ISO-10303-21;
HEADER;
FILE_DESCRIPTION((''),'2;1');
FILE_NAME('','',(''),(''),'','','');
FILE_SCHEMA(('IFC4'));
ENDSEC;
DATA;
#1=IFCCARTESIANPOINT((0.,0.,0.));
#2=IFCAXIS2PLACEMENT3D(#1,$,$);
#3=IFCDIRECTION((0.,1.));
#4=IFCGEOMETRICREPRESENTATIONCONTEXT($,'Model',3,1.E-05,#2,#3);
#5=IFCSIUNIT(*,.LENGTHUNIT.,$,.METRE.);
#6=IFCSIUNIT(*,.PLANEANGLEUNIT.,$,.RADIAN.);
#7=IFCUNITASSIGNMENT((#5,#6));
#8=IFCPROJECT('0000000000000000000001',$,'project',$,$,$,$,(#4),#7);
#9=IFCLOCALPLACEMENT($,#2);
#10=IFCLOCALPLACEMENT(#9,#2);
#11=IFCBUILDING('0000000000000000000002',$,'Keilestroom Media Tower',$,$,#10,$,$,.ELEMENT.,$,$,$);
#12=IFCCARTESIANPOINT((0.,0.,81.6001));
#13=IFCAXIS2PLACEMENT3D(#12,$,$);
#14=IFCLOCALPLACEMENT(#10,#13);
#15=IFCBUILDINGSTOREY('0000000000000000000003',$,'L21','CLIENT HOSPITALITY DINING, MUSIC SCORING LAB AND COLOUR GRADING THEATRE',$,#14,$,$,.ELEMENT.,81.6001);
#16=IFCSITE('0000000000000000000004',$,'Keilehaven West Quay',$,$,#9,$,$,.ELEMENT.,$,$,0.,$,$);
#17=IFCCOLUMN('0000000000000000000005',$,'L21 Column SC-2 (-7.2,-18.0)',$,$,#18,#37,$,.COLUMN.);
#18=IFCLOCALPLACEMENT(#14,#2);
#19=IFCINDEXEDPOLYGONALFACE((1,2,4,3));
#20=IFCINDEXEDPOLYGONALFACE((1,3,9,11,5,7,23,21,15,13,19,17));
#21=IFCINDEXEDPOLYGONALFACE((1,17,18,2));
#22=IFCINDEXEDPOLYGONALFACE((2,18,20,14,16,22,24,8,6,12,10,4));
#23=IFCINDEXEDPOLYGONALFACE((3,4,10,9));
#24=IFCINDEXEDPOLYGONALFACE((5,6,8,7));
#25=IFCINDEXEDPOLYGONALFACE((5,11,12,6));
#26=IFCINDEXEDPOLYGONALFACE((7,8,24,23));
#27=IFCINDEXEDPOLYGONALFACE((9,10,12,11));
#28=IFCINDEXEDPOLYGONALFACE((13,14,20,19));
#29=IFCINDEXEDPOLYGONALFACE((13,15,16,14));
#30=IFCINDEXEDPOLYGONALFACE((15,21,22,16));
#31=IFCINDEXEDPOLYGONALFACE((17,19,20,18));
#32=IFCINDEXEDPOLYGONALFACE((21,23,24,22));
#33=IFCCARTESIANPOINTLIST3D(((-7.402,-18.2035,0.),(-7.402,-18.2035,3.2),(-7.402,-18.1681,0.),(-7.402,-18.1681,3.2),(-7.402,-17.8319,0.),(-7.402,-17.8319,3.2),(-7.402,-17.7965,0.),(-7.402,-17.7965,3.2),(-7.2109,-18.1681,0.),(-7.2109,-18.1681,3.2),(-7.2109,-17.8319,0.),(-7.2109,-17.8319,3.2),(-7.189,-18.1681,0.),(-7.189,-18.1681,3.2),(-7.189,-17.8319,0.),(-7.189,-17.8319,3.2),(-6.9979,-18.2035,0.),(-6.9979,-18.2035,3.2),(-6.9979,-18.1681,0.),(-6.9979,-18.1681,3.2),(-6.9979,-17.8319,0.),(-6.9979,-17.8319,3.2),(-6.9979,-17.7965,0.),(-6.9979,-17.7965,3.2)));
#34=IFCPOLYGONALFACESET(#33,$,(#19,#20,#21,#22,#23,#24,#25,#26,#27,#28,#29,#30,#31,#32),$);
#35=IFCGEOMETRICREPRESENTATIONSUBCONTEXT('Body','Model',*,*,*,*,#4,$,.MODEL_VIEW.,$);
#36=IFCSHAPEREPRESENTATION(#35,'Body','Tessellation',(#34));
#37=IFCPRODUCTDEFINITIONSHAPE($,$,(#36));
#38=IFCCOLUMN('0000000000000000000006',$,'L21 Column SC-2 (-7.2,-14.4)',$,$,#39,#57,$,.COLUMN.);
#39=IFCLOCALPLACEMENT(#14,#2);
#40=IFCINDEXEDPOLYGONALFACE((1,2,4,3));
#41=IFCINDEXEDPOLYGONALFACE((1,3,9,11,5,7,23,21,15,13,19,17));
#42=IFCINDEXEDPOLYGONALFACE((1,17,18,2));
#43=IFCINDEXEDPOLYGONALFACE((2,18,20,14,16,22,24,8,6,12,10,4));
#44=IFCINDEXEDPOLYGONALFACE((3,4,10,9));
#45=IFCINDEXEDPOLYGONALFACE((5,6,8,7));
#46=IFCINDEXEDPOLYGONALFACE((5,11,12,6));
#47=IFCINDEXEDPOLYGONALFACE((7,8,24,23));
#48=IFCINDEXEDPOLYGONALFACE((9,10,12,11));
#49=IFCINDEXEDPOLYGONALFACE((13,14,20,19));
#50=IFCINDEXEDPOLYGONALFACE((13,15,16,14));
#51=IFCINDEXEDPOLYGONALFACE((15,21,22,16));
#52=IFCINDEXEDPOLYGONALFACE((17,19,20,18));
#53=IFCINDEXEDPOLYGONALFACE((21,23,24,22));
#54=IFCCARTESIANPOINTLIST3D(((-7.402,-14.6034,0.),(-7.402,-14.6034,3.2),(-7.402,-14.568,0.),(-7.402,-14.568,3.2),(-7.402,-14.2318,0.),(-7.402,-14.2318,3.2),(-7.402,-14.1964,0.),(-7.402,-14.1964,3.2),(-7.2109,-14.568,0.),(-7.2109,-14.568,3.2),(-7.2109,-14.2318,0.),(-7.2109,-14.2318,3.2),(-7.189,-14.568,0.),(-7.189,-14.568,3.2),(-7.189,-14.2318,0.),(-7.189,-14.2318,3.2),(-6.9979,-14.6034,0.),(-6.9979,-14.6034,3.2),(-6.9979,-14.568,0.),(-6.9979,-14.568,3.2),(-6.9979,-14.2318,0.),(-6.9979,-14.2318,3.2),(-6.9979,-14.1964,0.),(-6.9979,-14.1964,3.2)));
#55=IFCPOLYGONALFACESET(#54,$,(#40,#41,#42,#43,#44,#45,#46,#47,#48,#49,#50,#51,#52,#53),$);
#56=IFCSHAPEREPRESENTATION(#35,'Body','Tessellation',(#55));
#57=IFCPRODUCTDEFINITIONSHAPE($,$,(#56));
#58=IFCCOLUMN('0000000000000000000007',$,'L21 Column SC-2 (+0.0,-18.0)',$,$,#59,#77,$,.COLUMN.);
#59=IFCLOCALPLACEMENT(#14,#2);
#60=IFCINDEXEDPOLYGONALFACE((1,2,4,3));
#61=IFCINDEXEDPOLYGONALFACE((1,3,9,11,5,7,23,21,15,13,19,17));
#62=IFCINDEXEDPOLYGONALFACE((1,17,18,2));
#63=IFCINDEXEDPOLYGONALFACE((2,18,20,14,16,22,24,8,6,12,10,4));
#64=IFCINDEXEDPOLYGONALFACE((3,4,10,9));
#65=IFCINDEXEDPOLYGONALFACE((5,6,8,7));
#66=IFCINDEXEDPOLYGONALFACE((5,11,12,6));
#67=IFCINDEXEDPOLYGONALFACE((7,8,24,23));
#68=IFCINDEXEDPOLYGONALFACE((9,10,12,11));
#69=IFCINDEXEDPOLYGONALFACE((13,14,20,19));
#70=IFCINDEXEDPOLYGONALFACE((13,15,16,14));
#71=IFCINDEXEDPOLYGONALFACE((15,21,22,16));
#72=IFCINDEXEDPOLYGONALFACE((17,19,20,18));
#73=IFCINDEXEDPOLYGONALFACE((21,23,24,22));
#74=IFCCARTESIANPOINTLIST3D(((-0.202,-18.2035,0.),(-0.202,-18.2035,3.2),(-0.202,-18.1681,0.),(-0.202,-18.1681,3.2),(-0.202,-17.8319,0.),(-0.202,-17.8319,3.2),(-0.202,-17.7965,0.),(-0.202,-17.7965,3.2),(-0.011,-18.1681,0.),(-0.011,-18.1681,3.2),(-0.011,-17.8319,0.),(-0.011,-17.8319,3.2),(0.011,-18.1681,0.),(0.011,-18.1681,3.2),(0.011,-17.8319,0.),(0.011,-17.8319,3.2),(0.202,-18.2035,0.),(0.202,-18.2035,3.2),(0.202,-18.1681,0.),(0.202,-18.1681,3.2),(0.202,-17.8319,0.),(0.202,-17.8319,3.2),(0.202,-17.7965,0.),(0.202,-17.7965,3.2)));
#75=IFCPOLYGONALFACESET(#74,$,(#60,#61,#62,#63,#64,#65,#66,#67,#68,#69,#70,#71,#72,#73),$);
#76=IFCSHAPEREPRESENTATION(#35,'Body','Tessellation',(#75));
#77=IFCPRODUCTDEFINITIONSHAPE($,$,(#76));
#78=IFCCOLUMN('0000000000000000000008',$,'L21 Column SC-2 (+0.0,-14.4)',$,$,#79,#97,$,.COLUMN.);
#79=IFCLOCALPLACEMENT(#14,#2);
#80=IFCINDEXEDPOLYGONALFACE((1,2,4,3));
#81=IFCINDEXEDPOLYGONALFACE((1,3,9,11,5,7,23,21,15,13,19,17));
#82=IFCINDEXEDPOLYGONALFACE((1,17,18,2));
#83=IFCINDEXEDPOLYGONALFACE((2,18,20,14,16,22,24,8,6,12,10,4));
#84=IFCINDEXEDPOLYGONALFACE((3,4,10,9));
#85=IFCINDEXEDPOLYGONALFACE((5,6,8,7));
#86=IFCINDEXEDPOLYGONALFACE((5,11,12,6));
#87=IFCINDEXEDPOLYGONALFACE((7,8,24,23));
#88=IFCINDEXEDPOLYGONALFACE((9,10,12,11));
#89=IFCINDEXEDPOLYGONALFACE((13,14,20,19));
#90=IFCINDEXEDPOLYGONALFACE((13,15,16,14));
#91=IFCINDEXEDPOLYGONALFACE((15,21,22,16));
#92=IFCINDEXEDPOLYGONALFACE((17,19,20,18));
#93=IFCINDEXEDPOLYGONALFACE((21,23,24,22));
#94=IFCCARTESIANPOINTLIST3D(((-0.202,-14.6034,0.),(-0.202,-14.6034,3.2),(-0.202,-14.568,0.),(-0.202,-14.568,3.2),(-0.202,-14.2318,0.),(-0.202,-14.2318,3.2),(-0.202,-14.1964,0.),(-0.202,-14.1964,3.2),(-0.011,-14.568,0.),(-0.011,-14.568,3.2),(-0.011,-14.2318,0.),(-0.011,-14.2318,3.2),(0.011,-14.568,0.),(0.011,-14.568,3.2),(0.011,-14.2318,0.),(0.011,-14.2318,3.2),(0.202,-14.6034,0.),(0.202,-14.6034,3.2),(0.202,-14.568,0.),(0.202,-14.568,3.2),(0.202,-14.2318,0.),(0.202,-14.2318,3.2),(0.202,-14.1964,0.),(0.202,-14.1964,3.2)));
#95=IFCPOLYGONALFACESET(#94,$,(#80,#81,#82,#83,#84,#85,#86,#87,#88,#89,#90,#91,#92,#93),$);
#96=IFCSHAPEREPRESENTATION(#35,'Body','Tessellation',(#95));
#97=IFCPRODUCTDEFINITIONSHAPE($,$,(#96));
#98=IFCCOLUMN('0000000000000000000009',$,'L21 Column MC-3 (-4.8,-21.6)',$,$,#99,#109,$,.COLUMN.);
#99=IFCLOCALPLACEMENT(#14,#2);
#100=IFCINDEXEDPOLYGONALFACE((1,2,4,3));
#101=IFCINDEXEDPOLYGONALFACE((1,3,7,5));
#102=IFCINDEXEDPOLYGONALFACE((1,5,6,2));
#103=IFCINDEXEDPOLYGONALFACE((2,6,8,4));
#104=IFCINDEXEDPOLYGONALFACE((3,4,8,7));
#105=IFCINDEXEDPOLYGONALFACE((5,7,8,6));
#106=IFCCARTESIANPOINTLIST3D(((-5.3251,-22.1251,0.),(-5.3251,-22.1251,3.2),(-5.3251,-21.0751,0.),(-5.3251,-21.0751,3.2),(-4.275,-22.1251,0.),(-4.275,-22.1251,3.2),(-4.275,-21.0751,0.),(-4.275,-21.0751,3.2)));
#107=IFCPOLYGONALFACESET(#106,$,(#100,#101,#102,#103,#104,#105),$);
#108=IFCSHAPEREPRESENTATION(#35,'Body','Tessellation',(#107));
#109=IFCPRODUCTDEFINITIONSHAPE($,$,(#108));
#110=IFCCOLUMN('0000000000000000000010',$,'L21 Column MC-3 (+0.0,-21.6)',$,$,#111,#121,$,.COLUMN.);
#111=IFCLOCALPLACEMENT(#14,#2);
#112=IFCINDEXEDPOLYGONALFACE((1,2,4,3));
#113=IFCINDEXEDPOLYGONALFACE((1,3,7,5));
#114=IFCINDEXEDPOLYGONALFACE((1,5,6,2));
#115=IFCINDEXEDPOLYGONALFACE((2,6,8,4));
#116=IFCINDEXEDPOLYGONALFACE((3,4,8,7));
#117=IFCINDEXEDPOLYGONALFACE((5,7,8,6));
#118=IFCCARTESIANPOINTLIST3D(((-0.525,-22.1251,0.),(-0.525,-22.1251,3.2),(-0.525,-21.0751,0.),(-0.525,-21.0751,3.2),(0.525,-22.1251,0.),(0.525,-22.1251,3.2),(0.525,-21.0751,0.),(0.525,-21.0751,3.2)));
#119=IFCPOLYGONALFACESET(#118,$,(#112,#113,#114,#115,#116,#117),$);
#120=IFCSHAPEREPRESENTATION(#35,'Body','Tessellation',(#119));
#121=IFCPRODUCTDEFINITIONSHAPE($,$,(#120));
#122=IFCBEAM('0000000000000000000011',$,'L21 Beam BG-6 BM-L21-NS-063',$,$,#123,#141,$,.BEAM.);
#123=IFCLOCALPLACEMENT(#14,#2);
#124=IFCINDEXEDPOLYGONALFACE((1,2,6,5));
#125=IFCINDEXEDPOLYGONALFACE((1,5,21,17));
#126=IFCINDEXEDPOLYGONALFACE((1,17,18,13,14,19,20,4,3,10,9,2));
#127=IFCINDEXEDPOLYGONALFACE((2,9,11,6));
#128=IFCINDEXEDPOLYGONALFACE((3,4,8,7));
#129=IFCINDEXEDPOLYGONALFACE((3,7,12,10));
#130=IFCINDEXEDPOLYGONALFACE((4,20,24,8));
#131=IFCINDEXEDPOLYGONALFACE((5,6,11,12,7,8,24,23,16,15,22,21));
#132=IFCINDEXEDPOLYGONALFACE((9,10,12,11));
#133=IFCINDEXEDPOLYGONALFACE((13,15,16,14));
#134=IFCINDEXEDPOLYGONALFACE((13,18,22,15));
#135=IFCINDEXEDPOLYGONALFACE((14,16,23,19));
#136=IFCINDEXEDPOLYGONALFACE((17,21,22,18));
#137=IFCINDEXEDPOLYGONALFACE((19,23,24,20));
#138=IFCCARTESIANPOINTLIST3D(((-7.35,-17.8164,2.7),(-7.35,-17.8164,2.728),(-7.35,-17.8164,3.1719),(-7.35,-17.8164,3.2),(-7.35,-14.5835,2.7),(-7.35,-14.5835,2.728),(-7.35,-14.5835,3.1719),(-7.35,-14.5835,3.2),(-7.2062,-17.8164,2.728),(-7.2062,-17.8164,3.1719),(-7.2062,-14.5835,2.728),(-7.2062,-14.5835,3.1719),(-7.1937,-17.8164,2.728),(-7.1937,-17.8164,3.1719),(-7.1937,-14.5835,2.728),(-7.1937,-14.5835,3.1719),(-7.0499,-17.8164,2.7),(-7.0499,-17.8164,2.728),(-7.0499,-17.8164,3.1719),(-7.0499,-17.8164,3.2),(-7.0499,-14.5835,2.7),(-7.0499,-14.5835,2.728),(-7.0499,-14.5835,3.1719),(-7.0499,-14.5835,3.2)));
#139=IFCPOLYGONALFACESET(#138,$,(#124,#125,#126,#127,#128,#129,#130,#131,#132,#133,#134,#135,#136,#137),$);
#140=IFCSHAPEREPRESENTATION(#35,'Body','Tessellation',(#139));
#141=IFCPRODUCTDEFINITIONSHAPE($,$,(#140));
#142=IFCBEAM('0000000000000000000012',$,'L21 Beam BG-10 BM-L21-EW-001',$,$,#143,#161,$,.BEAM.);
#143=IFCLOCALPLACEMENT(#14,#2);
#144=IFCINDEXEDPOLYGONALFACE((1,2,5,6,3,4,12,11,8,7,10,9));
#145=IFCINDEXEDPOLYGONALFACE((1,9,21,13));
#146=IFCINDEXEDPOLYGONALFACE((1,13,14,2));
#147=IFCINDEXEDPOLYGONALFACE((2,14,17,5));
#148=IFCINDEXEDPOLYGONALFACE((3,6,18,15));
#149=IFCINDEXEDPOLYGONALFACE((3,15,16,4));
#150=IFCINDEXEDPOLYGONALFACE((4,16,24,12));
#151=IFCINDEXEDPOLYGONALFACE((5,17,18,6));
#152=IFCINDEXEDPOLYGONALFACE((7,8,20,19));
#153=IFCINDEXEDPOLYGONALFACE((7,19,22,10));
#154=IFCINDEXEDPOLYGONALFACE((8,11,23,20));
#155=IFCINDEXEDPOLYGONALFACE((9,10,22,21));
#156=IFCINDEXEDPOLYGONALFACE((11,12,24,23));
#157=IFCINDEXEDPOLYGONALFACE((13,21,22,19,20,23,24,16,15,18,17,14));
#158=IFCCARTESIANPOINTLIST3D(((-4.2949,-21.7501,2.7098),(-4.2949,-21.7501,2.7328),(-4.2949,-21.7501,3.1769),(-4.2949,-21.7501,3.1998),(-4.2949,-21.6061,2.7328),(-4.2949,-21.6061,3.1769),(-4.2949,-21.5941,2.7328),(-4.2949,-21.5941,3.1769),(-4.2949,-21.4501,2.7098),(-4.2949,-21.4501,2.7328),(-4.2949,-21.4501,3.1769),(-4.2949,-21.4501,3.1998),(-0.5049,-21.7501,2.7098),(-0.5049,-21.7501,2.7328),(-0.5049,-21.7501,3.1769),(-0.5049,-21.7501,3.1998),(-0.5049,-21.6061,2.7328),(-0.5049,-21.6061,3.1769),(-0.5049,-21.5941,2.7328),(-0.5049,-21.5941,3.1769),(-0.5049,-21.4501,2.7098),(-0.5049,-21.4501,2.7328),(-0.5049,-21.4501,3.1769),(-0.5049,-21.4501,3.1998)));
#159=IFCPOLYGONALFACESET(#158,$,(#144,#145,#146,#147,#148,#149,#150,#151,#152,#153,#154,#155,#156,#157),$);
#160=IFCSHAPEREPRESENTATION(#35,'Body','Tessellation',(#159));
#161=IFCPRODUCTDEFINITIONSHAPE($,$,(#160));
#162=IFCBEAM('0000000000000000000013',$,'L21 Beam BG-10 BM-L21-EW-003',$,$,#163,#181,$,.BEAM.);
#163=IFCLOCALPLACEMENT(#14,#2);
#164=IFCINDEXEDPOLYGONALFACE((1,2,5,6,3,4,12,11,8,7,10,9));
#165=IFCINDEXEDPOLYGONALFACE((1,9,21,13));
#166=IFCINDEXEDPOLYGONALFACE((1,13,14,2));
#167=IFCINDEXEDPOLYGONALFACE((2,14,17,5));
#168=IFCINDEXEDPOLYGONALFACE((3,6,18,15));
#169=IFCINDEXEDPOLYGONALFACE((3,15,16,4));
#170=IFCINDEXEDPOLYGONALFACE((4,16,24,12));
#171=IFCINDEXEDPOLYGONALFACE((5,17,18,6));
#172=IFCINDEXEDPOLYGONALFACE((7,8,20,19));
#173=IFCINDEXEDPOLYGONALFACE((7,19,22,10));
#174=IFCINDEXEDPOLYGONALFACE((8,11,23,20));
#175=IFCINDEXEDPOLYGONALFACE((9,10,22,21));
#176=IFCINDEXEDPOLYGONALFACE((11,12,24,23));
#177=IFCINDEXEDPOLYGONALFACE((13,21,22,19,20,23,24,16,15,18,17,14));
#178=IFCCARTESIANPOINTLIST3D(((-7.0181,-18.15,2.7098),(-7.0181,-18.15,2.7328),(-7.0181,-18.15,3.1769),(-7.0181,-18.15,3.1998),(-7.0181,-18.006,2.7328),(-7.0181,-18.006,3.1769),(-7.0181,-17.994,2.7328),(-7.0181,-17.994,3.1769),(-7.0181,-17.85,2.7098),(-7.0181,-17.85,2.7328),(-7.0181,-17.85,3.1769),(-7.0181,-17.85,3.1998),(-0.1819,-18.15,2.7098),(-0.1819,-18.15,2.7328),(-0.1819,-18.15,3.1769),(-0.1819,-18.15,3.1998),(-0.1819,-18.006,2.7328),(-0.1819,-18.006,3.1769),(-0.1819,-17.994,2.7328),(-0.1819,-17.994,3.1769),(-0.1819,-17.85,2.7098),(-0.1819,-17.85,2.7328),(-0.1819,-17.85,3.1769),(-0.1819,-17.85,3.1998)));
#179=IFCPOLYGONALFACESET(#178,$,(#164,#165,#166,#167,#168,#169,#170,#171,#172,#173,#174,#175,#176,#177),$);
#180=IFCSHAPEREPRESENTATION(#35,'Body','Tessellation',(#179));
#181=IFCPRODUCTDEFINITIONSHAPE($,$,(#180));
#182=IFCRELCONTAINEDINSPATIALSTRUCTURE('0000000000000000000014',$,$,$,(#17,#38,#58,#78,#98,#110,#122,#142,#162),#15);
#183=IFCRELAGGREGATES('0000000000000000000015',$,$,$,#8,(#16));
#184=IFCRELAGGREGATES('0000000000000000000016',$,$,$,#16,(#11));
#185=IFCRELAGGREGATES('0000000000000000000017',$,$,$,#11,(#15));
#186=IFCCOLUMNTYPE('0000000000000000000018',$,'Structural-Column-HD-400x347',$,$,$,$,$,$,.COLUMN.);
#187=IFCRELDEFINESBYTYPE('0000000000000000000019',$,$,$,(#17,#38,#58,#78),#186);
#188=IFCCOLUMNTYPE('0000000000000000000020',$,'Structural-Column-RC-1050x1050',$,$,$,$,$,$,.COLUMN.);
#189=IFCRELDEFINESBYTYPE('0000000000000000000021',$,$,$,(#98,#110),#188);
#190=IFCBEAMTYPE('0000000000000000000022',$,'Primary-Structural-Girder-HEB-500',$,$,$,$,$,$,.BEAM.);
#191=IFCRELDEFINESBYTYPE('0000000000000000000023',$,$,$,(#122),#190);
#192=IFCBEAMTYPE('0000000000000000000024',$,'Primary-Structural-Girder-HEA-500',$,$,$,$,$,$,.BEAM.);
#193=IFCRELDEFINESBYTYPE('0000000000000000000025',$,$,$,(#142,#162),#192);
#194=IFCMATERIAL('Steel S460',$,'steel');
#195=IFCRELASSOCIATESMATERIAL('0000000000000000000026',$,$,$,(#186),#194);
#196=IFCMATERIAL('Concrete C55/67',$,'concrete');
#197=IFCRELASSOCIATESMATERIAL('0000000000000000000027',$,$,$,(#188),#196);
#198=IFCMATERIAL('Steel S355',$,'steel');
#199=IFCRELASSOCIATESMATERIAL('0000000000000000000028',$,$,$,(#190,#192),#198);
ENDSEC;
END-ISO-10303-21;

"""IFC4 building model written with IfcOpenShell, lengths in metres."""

from ifc_helpers import new_model, si_unit, direction, frame, origin, origin_2d, place, context, subcontext, project, spatial, rectangle, i_section, extrude, source, transform, mapped, material, material_profile, profile_set, type_object, element, save


model = new_model("IFC4")

# Units and contexts
model_context = context("Model", 3, precision=1e-05, world=origin(), true_north=direction((0.0, 1.0)))
body_context = subcontext(model_context, "Body", "Model", "MODEL_VIEW")
ifc_project = project(units=[si_unit("LENGTHUNIT", "METRE"), si_unit("PLANEANGLEUNIT", "RADIAN")], contexts=[model_context])

# Site, building, storey
site_placement = place(None, origin())
site = spatial("IfcSite", under=ifc_project, at=site_placement, Name="Keilehaven West Quay", CompositionType="ELEMENT", RefElevation=0.0)
building_placement = place(site_placement, origin())
building = spatial("IfcBuilding", under=site, at=building_placement, Name="Keilestroom Media Tower", CompositionType="ELEMENT")
storey_placement = place(building_placement, frame((0.0, 0.0, 81.6001)))
storey = spatial("IfcBuildingStorey", under=building, at=storey_placement, Name="L21", Description="CLIENT HOSPITALITY DINING, MUSIC SCORING LAB AND COLOUR GRADING THEATRE", CompositionType="ELEMENT", Elevation=81.6001)

# Columns
ifc_material_1 = material(Name="Steel S460", Category="steel")
ifc_material_profile_1 = material_profile(ifc_material_1, i_section(OverallWidth=0.4041, OverallDepth=0.407, WebThickness=0.022, FlangeThickness=0.0354, at=origin_2d()), Name="HD 400x347")
ifc_profile_set_1 = profile_set([ifc_material_profile_1], Name="Steel S460")
column_type_1 = type_object("IfcColumnType", Name="Structural-Column-HD-400x347", PredefinedType="COLUMN", material=ifc_profile_set_1)
shared_shape_1 = source(origin(), body_context, "Body", "SweptSolid", [
    extrude(i_section(OverallWidth=0.4041, OverallDepth=0.407, WebThickness=0.022, FlangeThickness=0.0354, at=origin_2d()), origin(), (0.0, 0.0, 1.0), 3.2),
])
for number, where, z_axis, x_axis, name in (
    (1, (-7.2, -18.0, 0.0), (0.0, 0.0, 1.0), (1.0, 0.0, 0.0), "L21 Column SC-2 (-7.2,-18.0)"),
    (2, (-7.2, -14.3999, 0.0), (0.0, 0.0, 1.0), (1.0, 0.0, 0.0), "L21 Column SC-2 (-7.2,-14.4)"),
    (3, (0.0, -18.0, 0.0), (0.0, 0.0, 1.0), (1.0, 0.0, 0.0), "L21 Column SC-2 (+0.0,-18.0)"),
    (4, (0.0, -14.3999, 0.0), (0.0, 0.0, 1.0), (1.0, 0.0, 0.0), "L21 Column SC-2 (+0.0,-14.4)"),
):
    element("IfcColumn", number, at=place(storey_placement, frame(where, z_axis=z_axis, x_axis=x_axis)), inside=storey, type_object=column_type_1, Name=name, PredefinedType="COLUMN", context=body_context, shape_type="MappedRepresentation", body=[
        mapped(shared_shape_1, transform((0.0, 0.0, 0.0), x_axis=(1.0, 0.0, 0.0), y_axis=(0.0, 1.0, 0.0), z_axis=(0.0, 0.0, 1.0), scale=1.0)),
    ])
ifc_material_2 = material(Name="Concrete C55/67", Category="concrete")
ifc_material_profile_2 = material_profile(ifc_material_2, rectangle(XDim=1.05, YDim=1.05, at=origin_2d()), Name="RC 1050x1050")
ifc_profile_set_2 = profile_set([ifc_material_profile_2], Name="Concrete C55/67")
column_type_2 = type_object("IfcColumnType", Name="Structural-Column-RC-1050x1050", PredefinedType="COLUMN", material=ifc_profile_set_2)
shared_shape_2 = source(origin(), body_context, "Body", "SweptSolid", [
    extrude(rectangle(XDim=1.05, YDim=1.05, at=origin_2d()), origin(), (0.0, 0.0, 1.0), 3.2),
])
for number, where, z_axis, x_axis, name in (
    (5, (-4.8, -21.6001, 0.0), (0.0, 0.0, 1.0), (1.0, 0.0, 0.0), "L21 Column MC-3 (-4.8,-21.6)"),
    (6, (0.0, -21.6001, 0.0), (0.0, 0.0, 1.0), (1.0, 0.0, 0.0), "L21 Column MC-3 (+0.0,-21.6)"),
):
    element("IfcColumn", number, at=place(storey_placement, frame(where, z_axis=z_axis, x_axis=x_axis)), inside=storey, type_object=column_type_2, Name=name, PredefinedType="COLUMN", context=body_context, shape_type="MappedRepresentation", body=[
        mapped(shared_shape_2, transform((0.0, 0.0, 0.0), x_axis=(1.0, 0.0, 0.0), y_axis=(0.0, 1.0, 0.0), z_axis=(0.0, 0.0, 1.0), scale=1.0)),
    ])

# Beams
ifc_material_3 = material(Name="Steel S355", Category="steel")
ifc_material_profile_3 = material_profile(ifc_material_3, i_section(OverallWidth=0.3, OverallDepth=0.5, WebThickness=0.0125, FlangeThickness=0.0281, at=origin_2d()), Name="HEB 500")
ifc_profile_set_3 = profile_set([ifc_material_profile_3], Name="Steel S355")
beam_type_1 = type_object("IfcBeamType", Name="Primary-Structural-Girder-HEB-500", PredefinedType="BEAM", material=ifc_profile_set_3)
shared_shape_3 = source(origin(), body_context, "Body", "SweptSolid", [
    extrude(i_section(OverallWidth=0.3, OverallDepth=0.5, WebThickness=0.0125, FlangeThickness=0.0281, at=origin_2d()), origin(), (0.0, 0.0, 1.0), 3.2329),
])
beam_1_placement = place(storey_placement, frame((-7.2, -17.8164, 2.95), z_axis=(0.0, 1.0, 0.0), x_axis=(-1.0, 0.0, 0.0)))
element("IfcBeam", 7, at=beam_1_placement, inside=storey, type_object=beam_type_1, Name="L21 Beam BG-6 BM-L21-NS-063", PredefinedType="BEAM", context=body_context, shape_type="MappedRepresentation", body=[
    mapped(shared_shape_3, transform((0.0, 0.0, 0.0), x_axis=(1.0, 0.0, 0.0), y_axis=(0.0, 1.0, 0.0), z_axis=(0.0, 0.0, 1.0), scale=1.0)),
])
ifc_material_profile_4 = material_profile(ifc_material_3, i_section(OverallWidth=0.3, OverallDepth=0.49, WebThickness=0.012, FlangeThickness=0.0229, at=origin_2d()), Name="HEA 500")
ifc_profile_set_4 = profile_set([ifc_material_profile_4], Name="Steel S355")
beam_type_2 = type_object("IfcBeamType", Name="Primary-Structural-Girder-HEA-500", PredefinedType="BEAM", material=ifc_profile_set_4)
shared_shape_4 = source(origin(), body_context, "Body", "SweptSolid", [
    extrude(i_section(OverallWidth=0.3, OverallDepth=0.49, WebThickness=0.012, FlangeThickness=0.0229, at=origin_2d()), origin(), (0.0, 0.0, 1.0), 3.79),
])
beam_2_placement = place(storey_placement, frame((-4.2949, -21.6001, 2.9548), z_axis=(1.0, 0.0, 0.0), x_axis=(0.0, 1.0, 0.0)))
element("IfcBeam", 8, at=beam_2_placement, inside=storey, type_object=beam_type_2, Name="L21 Beam BG-10 BM-L21-EW-001", PredefinedType="BEAM", context=body_context, shape_type="MappedRepresentation", body=[
    mapped(shared_shape_4, transform((0.0, 0.0, 0.0), x_axis=(1.0, 0.0, 0.0), y_axis=(0.0, 1.0, 0.0), z_axis=(0.0, 0.0, 1.0), scale=1.0)),
])
shared_shape_5 = source(origin(), body_context, "Body", "SweptSolid", [
    extrude(i_section(OverallWidth=0.3, OverallDepth=0.49, WebThickness=0.012, FlangeThickness=0.0229, at=origin_2d()), origin(), (0.0, 0.0, 1.0), 6.8362),
])
for number, where, z_axis, x_axis, name in (
    (9, (-7.0181, -18.0, 2.9548), (1.0, 0.0, 0.0), (0.0, 1.0, 0.0), "L21 Beam BG-10 BM-L21-EW-003"),
):
    element("IfcBeam", number, at=place(storey_placement, frame(where, z_axis=z_axis, x_axis=x_axis)), inside=storey, type_object=beam_type_2, Name=name, PredefinedType="BEAM", context=body_context, shape_type="MappedRepresentation", body=[
        mapped(shared_shape_5, transform((0.0, 0.0, 0.0), x_axis=(1.0, 0.0, 0.0), y_axis=(0.0, 1.0, 0.0), z_axis=(0.0, 0.0, 1.0), scale=1.0)),
    ])

save(model, "model.ifc")
